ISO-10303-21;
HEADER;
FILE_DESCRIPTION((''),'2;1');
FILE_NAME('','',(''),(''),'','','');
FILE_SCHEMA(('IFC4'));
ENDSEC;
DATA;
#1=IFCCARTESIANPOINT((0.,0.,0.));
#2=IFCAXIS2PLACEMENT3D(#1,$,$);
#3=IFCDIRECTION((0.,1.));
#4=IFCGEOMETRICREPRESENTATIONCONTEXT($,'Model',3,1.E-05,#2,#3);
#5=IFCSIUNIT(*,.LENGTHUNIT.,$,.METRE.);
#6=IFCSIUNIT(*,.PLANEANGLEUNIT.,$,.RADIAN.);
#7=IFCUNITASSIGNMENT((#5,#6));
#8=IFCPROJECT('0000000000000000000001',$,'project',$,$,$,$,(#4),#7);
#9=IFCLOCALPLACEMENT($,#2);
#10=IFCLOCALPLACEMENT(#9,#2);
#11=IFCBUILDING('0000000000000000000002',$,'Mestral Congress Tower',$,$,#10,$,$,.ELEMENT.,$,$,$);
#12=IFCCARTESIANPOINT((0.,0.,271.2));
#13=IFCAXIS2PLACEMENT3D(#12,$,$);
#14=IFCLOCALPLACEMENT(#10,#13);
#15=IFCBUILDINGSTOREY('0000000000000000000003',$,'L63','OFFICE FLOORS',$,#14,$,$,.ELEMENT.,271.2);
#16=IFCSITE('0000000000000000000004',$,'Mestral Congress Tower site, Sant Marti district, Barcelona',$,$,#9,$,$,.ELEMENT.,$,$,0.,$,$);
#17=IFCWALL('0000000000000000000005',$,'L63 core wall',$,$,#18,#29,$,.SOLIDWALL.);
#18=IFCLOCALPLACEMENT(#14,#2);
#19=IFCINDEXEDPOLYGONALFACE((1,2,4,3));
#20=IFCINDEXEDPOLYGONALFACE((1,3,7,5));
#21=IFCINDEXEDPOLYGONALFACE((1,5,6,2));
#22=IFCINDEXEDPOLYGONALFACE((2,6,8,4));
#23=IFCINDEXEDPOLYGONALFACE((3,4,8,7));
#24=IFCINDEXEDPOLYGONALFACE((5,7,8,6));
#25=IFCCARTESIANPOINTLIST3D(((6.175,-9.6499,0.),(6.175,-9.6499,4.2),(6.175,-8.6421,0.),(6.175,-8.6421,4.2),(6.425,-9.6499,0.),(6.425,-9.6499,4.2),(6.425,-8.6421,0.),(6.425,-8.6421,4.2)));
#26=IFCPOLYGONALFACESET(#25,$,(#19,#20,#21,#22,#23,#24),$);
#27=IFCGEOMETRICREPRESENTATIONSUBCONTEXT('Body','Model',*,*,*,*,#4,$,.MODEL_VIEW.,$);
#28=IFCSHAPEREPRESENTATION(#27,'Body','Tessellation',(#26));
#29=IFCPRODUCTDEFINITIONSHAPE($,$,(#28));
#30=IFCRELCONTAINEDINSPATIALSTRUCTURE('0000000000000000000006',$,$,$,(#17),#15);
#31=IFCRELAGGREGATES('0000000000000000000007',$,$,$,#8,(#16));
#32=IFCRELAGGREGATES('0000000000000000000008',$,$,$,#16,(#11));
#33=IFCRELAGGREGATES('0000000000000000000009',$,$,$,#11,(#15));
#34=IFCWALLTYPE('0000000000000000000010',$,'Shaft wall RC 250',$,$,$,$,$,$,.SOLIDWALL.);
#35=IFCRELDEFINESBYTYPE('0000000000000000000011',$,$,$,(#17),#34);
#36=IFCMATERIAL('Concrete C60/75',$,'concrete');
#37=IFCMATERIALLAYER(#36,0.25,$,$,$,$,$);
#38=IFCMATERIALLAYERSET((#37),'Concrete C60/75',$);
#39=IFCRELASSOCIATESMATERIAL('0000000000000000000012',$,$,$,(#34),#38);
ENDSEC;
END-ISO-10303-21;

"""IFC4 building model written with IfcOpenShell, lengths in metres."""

from ifc_helpers import new_model, si_unit, direction, frame, frame_2d, origin, place, context, subcontext, project, spatial, rectangle, extrude, material, layer, layer_set, type_object, element, save


model = new_model("IFC4")

# Units and contexts
model_context = context("Model", 3, precision=1e-05, world=origin(), true_north=direction((0.0, 1.0)))
body_context = subcontext(model_context, "Body", "Model", "MODEL_VIEW")
ifc_project = project(units=[si_unit("LENGTHUNIT", "METRE"), si_unit("PLANEANGLEUNIT", "RADIAN")], contexts=[model_context])

# Site, building, storey
site_placement = place(None, origin())
site = spatial("IfcSite", under=ifc_project, at=site_placement, Name="Mestral Congress Tower site, Sant Marti district, Barcelona", CompositionType="ELEMENT", RefElevation=0.0)
building_placement = place(site_placement, origin())
building = spatial("IfcBuilding", under=site, at=building_placement, Name="Mestral Congress Tower", CompositionType="ELEMENT")
storey_placement = place(building_placement, frame((0.0, 0.0, 271.2)))
storey = spatial("IfcBuildingStorey", under=building, at=storey_placement, Name="L63", Description="OFFICE FLOORS", CompositionType="ELEMENT", Elevation=271.2)

# Shared definitions
ifc_material_1 = material(Name="Concrete C60/75", Category="concrete")

# Wall
ifc_layer_1 = layer(ifc_material_1, 0.25)
ifc_layer_set_1 = layer_set([ifc_layer_1], Name="Concrete C60/75")
wall_type_1 = type_object("IfcWallType", Name="Shaft wall RC 250", PredefinedType="SOLIDWALL", material=ifc_layer_set_1)
wall_1_placement = place(storey_placement, frame((6.3, -9.6499, 0.0), z_axis=(0.0, 0.0, 1.0), x_axis=(0.0, 1.0, 0.0)))
element("IfcWall", 1, at=wall_1_placement, inside=storey, type_object=wall_type_1, Name="L63 core wall", PredefinedType="SOLIDWALL", context=body_context, shape_type="SweptSolid", body=[
    extrude(rectangle(XDim=1.0078, YDim=0.25, at=frame_2d((0.5039, 0.0))), origin(), (0.0, 0.0, 1.0), 4.2),
])

save(model, "model.ifc")
